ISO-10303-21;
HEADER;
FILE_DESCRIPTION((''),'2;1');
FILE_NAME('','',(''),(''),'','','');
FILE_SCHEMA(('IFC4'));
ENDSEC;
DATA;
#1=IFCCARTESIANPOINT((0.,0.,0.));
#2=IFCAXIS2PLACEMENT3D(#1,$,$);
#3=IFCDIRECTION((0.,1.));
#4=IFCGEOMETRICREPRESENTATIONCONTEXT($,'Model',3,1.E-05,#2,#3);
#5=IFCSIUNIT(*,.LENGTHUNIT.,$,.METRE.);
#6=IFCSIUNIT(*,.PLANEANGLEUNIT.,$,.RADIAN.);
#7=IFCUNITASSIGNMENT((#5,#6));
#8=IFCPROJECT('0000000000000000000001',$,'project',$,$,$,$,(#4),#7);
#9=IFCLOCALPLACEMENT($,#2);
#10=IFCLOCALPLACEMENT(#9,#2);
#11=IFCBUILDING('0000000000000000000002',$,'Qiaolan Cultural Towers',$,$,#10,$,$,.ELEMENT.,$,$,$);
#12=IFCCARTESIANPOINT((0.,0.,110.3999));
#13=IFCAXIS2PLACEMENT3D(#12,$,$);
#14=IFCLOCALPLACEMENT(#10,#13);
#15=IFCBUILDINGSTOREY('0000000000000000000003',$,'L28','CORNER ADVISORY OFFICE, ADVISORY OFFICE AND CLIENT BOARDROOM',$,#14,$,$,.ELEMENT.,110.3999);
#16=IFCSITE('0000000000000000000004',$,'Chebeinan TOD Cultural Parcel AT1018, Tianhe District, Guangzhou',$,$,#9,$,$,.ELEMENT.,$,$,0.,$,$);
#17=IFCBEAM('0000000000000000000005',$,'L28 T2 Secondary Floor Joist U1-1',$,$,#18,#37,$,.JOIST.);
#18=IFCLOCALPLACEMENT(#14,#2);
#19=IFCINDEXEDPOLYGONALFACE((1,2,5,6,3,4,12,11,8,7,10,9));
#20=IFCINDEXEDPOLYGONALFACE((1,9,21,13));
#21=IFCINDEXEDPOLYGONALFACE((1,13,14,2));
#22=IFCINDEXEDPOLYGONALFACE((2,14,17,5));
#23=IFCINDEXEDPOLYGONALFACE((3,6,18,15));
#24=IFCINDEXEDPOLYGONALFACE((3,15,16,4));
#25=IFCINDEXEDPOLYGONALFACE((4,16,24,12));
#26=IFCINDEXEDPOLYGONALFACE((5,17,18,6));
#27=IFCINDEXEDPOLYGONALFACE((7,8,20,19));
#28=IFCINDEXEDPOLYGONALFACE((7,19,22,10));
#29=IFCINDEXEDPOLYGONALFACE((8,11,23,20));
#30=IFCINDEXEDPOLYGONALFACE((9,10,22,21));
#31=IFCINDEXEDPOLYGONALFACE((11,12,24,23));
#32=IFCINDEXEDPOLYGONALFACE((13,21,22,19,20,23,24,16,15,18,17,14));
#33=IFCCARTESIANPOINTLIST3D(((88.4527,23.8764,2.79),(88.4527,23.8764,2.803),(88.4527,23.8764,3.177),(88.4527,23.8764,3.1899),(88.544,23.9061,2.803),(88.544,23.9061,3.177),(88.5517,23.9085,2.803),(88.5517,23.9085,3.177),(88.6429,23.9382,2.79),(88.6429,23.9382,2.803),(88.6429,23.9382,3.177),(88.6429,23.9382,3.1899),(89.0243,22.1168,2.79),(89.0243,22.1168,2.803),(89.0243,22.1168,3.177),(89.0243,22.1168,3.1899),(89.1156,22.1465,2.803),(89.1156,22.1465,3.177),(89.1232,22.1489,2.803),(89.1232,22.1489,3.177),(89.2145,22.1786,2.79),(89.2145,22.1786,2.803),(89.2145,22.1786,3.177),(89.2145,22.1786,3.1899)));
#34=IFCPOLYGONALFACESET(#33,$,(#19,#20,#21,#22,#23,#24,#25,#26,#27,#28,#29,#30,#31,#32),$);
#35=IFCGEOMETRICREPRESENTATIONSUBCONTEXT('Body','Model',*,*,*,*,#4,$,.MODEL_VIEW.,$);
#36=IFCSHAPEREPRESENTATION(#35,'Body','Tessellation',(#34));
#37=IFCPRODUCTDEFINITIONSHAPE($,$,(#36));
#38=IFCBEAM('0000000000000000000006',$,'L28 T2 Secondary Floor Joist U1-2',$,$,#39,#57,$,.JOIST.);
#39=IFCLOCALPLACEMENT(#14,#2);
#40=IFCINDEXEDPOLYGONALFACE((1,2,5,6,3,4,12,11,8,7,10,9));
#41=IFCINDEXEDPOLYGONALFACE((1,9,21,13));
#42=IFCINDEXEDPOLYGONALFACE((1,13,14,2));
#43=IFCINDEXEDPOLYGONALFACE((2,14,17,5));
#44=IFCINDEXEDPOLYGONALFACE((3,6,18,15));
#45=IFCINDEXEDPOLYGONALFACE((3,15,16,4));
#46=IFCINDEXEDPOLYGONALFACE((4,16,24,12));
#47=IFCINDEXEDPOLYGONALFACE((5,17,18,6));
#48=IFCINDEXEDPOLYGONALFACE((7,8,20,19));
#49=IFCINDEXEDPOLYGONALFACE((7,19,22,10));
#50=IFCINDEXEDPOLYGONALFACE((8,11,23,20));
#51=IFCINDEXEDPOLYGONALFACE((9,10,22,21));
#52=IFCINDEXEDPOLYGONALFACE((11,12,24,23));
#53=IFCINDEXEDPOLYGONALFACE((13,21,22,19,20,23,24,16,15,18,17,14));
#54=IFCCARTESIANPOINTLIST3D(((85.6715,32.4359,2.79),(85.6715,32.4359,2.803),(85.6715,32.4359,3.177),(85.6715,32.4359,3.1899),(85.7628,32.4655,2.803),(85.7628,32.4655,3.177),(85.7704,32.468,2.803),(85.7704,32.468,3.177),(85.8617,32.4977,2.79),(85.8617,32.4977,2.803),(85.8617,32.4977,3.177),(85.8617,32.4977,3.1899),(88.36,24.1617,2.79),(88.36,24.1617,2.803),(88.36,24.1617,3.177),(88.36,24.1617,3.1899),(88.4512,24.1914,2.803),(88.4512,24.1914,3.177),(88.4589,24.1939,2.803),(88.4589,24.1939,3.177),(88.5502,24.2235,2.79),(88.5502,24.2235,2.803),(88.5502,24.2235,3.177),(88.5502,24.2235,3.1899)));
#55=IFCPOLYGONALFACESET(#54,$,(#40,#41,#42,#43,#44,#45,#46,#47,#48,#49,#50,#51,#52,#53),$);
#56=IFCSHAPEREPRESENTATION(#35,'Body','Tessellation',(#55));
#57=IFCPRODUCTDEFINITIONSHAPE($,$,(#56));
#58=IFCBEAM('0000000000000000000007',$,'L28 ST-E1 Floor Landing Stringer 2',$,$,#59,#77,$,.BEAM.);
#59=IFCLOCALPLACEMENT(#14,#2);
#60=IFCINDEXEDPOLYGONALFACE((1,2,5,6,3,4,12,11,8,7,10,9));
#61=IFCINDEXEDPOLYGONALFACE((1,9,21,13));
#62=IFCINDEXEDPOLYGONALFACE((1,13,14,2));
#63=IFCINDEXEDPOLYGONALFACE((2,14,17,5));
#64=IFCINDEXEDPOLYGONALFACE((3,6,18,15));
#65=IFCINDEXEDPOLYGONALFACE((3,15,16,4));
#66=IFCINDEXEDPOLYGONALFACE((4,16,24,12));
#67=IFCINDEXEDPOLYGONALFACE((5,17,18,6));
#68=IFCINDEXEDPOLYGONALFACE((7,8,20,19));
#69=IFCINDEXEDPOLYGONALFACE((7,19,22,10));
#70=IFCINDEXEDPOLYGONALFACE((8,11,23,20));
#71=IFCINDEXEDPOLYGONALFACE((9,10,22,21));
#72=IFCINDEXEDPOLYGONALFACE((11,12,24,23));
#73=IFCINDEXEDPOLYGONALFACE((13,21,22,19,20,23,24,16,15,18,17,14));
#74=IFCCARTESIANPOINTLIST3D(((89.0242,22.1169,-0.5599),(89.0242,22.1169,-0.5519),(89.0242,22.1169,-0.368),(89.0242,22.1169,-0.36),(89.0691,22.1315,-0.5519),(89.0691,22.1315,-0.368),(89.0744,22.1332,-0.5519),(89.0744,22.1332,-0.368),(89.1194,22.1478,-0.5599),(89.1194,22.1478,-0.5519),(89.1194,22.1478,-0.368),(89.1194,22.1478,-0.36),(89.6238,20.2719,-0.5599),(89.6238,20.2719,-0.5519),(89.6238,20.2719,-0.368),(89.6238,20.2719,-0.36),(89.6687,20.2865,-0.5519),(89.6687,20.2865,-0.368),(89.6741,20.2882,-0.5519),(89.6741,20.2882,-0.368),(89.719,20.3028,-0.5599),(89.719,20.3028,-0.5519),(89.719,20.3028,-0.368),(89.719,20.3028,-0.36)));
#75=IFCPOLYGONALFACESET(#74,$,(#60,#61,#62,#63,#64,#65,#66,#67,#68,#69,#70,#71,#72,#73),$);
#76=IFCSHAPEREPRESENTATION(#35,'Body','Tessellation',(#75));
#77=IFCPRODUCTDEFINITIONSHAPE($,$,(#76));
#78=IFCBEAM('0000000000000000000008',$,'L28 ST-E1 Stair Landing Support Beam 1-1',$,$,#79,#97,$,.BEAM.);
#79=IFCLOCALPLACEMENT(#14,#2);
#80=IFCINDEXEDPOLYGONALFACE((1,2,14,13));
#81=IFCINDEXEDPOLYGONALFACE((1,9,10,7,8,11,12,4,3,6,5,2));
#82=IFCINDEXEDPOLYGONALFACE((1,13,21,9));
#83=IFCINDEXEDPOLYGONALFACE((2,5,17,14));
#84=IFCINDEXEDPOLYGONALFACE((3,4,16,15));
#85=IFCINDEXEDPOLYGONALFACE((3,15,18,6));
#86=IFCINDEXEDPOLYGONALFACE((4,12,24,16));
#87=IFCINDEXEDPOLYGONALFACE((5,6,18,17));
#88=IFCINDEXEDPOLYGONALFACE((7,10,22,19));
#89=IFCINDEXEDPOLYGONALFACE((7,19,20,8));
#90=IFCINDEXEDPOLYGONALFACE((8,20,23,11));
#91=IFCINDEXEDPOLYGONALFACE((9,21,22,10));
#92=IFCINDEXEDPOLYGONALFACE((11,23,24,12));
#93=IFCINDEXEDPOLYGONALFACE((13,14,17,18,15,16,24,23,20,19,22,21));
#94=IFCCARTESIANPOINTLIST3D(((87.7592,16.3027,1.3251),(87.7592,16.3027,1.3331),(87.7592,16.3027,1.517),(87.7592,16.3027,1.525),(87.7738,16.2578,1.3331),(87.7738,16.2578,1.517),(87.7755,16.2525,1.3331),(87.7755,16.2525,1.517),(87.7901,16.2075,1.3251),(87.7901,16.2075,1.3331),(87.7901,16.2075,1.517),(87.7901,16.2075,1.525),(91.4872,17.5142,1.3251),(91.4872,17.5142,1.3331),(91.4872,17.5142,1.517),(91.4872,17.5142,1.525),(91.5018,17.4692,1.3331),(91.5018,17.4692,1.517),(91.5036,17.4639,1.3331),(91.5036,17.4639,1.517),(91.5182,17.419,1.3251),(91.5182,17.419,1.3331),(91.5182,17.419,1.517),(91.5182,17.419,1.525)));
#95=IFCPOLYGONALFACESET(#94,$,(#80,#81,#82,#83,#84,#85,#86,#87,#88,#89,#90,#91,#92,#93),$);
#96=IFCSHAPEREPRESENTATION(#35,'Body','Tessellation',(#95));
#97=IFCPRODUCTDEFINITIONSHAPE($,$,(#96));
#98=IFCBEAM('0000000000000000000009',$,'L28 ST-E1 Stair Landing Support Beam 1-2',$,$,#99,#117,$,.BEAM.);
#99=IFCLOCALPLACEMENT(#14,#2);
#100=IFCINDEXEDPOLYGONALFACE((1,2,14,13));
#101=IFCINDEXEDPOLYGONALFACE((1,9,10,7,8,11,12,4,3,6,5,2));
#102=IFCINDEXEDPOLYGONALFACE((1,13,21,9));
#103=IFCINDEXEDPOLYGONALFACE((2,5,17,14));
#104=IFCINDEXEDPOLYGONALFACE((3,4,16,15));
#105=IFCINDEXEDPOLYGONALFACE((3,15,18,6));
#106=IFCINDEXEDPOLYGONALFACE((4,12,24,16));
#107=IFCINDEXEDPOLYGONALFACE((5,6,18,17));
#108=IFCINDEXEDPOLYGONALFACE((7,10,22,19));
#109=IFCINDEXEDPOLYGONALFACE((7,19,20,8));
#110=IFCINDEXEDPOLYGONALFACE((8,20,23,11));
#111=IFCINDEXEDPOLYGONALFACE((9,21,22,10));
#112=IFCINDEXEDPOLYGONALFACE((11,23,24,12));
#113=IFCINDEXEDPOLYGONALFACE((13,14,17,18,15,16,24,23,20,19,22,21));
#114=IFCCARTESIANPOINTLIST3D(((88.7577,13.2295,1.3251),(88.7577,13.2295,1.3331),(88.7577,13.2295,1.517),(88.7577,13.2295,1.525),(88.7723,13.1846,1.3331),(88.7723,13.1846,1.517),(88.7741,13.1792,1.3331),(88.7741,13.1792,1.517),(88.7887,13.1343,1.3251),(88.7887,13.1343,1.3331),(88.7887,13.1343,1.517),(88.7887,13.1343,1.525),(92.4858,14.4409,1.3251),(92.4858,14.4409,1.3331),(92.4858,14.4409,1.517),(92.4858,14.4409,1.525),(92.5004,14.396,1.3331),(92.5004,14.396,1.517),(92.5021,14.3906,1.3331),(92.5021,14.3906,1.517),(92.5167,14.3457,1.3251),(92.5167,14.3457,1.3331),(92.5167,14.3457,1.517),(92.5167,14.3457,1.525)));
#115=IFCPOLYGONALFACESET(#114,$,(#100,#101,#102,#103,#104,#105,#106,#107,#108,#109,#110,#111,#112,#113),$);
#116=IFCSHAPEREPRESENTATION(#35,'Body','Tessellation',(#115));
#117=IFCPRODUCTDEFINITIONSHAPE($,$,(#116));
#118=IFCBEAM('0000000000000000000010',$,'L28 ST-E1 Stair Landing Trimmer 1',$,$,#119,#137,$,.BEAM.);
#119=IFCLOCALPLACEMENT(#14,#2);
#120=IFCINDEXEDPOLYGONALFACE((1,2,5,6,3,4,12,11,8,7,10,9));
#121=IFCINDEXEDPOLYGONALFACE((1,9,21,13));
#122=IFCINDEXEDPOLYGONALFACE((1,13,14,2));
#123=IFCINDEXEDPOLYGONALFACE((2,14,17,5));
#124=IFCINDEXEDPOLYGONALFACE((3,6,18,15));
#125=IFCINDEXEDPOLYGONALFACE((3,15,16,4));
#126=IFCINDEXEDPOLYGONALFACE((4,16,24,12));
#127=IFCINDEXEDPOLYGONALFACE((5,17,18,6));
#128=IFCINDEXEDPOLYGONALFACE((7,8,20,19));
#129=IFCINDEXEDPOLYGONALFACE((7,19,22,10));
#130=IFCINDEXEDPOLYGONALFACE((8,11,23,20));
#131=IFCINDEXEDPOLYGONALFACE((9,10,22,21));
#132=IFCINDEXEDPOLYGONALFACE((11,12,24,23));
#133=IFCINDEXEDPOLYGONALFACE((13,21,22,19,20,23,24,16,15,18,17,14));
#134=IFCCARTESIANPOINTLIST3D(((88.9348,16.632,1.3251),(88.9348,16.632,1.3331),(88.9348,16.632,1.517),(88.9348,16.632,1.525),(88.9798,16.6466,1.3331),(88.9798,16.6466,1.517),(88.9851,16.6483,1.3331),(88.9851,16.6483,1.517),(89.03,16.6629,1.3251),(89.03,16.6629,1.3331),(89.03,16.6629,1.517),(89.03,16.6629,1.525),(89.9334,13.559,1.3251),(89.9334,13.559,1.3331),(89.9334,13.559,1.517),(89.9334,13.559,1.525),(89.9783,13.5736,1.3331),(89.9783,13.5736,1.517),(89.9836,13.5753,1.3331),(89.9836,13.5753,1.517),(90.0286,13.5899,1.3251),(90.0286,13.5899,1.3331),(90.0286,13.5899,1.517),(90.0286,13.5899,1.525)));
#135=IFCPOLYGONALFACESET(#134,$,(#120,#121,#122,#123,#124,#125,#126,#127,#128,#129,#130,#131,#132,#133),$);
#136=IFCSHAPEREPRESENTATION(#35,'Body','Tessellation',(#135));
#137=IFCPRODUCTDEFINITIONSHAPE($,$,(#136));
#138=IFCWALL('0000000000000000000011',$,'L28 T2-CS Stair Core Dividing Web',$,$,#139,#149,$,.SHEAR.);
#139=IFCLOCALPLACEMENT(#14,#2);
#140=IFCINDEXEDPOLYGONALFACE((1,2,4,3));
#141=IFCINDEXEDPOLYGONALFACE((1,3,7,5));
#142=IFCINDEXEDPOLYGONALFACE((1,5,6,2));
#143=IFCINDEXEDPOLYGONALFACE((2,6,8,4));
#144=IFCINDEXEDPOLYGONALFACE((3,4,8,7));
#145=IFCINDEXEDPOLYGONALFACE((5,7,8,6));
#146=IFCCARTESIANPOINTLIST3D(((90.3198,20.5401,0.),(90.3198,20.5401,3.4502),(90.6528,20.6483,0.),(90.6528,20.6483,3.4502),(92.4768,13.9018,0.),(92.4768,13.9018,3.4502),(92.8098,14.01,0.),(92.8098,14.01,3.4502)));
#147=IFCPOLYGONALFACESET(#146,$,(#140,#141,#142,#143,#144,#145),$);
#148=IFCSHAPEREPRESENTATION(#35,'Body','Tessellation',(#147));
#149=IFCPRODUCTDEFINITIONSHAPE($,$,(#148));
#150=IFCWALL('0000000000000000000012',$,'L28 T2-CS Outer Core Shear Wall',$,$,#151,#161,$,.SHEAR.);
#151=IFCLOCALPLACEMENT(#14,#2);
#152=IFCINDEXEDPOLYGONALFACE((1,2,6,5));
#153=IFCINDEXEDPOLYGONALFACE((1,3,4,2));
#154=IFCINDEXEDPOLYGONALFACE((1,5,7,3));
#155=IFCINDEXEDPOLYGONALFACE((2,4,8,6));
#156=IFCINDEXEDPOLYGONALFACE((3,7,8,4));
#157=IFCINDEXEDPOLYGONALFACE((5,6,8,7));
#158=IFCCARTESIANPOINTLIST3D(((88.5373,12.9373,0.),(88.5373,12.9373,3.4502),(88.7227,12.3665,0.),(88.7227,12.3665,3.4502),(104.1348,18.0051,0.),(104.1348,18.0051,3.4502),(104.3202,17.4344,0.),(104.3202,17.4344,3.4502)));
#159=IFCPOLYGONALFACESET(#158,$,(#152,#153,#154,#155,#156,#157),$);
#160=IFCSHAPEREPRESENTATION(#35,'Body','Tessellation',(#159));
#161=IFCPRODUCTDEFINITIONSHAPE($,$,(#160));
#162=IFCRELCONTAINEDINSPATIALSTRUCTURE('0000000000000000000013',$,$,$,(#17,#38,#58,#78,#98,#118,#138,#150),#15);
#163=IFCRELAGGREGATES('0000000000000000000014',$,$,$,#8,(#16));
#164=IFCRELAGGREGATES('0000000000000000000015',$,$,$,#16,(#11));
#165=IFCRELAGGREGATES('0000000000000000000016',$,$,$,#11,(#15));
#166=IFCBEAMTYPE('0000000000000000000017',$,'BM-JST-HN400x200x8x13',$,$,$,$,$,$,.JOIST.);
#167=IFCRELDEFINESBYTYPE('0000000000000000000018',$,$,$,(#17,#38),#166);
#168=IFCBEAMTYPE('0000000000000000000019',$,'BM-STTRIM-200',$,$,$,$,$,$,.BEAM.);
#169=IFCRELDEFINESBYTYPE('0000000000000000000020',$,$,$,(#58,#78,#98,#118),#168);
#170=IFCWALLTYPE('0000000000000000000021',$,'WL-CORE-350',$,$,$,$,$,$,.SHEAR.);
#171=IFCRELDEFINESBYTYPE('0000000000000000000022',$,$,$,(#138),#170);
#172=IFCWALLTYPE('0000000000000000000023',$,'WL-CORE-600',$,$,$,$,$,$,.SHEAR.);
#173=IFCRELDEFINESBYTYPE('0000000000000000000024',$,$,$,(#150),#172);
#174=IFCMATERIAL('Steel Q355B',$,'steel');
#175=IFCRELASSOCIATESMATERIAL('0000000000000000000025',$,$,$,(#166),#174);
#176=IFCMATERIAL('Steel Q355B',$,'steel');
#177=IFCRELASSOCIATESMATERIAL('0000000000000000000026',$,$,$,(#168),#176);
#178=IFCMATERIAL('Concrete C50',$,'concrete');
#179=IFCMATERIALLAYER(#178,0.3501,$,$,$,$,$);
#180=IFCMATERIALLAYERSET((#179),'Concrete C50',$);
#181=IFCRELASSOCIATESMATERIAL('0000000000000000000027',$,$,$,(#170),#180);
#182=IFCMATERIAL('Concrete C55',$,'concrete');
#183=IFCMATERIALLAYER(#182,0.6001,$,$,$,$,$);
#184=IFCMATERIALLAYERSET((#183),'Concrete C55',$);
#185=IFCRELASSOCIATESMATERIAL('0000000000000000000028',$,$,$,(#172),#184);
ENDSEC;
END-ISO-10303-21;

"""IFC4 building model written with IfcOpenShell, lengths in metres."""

from ifc_helpers import new_model, si_unit, direction, frame, frame_2d, origin, origin_2d, place, context, subcontext, project, spatial, rectangle, i_section, extrude, material, layer, layer_set, material_profile, profile_set, type_object, element, save


model = new_model("IFC4")

# Units and contexts
model_context = context("Model", 3, precision=1e-05, world=origin(), true_north=direction((0.0, 1.0)))
body_context = subcontext(model_context, "Body", "Model", "MODEL_VIEW")
ifc_project = project(units=[si_unit("LENGTHUNIT", "METRE"), si_unit("PLANEANGLEUNIT", "RADIAN")], contexts=[model_context])

# Site, building, storey
site_placement = place(None, origin())
site = spatial("IfcSite", under=ifc_project, at=site_placement, Name="Chebeinan TOD Cultural Parcel AT1018, Tianhe District, Guangzhou", CompositionType="ELEMENT", RefElevation=0.0)
building_placement = place(site_placement, origin())
building = spatial("IfcBuilding", under=site, at=building_placement, Name="Qiaolan Cultural Towers", CompositionType="ELEMENT")
storey_placement = place(building_placement, frame((0.0, 0.0, 110.3999)))
storey = spatial("IfcBuildingStorey", under=building, at=storey_placement, Name="L28", Description="CORNER ADVISORY OFFICE, ADVISORY OFFICE AND CLIENT BOARDROOM", CompositionType="ELEMENT", Elevation=110.3999)

# Beams
ifc_material_1 = material(Name="Steel Q355B", Category="steel")
ifc_material_profile_1 = material_profile(ifc_material_1, i_section(OverallWidth=0.2, OverallDepth=0.3999, WebThickness=0.0081, FlangeThickness=0.0129, at=origin_2d()), Name="HN400x200x8x13")
ifc_profile_set_1 = profile_set([ifc_material_profile_1], Name="Steel Q355B")
beam_type_1 = type_object("IfcBeamType", Name="BM-JST-HN400x200x8x13", PredefinedType="JOIST", material=ifc_profile_set_1)
beam_1_placement = place(storey_placement, frame((89.1194, 22.1477, 2.99), z_axis=(-0.308934, 0.951084, 0.0), x_axis=(-0.951084, -0.308934, 0.0)))
element("IfcBeam", 1, at=beam_1_placement, inside=storey, type_object=beam_type_1, Name="L28 T2 Secondary Floor Joist U1-1", PredefinedType="JOIST", context=body_context, shape_type="SweptSolid", body=[
    extrude(i_section(OverallWidth=0.2, OverallDepth=0.3999, WebThickness=0.0081, FlangeThickness=0.0129, at=origin_2d()), origin(), (0.0, 0.0, 1.0), 1.8501),
])
beam_2_placement = place(storey_placement, frame((88.4551, 24.1926, 2.99), z_axis=(-0.309021, 0.951055, 0.0), x_axis=(-0.951055, -0.309021, 0.0)))
element("IfcBeam", 2, at=beam_2_placement, inside=storey, type_object=beam_type_1, Name="L28 T2 Secondary Floor Joist U1-2", PredefinedType="JOIST", context=body_context, shape_type="SweptSolid", body=[
    extrude(i_section(OverallWidth=0.2, OverallDepth=0.3999, WebThickness=0.0081, FlangeThickness=0.0129, at=origin_2d()), origin(), (0.0, 0.0, 1.0), 8.7),
])
ifc_material_2 = material(Name="Steel Q355B", Category="steel")
ifc_material_profile_2 = material_profile(ifc_material_2, i_section(OverallWidth=0.1001, OverallDepth=0.2, WebThickness=0.0056, FlangeThickness=0.0081, at=origin_2d()), Name="HN200x100x5.5x8")
ifc_profile_set_2 = profile_set([ifc_material_profile_2], Name="Steel Q355B")
beam_type_2 = type_object("IfcBeamType", Name="BM-STTRIM-200", PredefinedType="BEAM", material=ifc_profile_set_2)
beam_3_placement = place(storey_placement, frame((89.0718, 22.1323, -0.46), z_axis=(0.309083, -0.951035, 0.0), x_axis=(0.951035, 0.309083, 0.0)))
element("IfcBeam", 3, at=beam_3_placement, inside=storey, type_object=beam_type_2, Name="L28 ST-E1 Floor Landing Stringer 2", PredefinedType="BEAM", context=body_context, shape_type="SweptSolid", body=[
    extrude(i_section(OverallWidth=0.1001, OverallDepth=0.2, WebThickness=0.0056, FlangeThickness=0.0081, at=origin_2d()), origin(), (0.0, 0.0, 1.0), 1.9399),
])
for number, where, z_axis, x_axis, name in (
    (4, (87.7747, 16.2551, 1.425), (0.951048, 0.309044, 0.0), (-0.309044, 0.951048, 0.0), "L28 ST-E1 Stair Landing Support Beam 1-1"),
    (5, (88.7732, 13.1819, 1.425), (0.951048, 0.309044, 0.0), (-0.309044, 0.951048, 0.0), "L28 ST-E1 Stair Landing Support Beam 1-2"),
):
    element("IfcBeam", number, at=place(storey_placement, frame(where, z_axis=z_axis, x_axis=x_axis)), inside=storey, type_object=beam_type_2, Name=name, PredefinedType="BEAM", context=body_context, shape_type="SweptSolid", body=[
        extrude(i_section(OverallWidth=0.1001, OverallDepth=0.2, WebThickness=0.0056, FlangeThickness=0.0081, at=origin_2d()), origin(), (0.0, 0.0, 1.0), 3.9199),
    ])
beam_4_placement = place(storey_placement, frame((88.9824, 16.6475, 1.425), z_axis=(0.309033, -0.951051, 0.0), x_axis=(0.951051, 0.309033, 0.0)))
element("IfcBeam", 6, at=beam_4_placement, inside=storey, type_object=beam_type_2, Name="L28 ST-E1 Stair Landing Trimmer 1", PredefinedType="BEAM", context=body_context, shape_type="SweptSolid", body=[
    extrude(i_section(OverallWidth=0.1001, OverallDepth=0.2, WebThickness=0.0056, FlangeThickness=0.0081, at=origin_2d()), origin(), (0.0, 0.0, 1.0), 3.2312),
])

# Walls
ifc_material_3 = material(Name="Concrete C50", Category="concrete")
ifc_layer_1 = layer(ifc_material_3, 0.3501)
ifc_layer_set_1 = layer_set([ifc_layer_1], Name="Concrete C50")
wall_type_1 = type_object("IfcWallType", Name="WL-CORE-350", PredefinedType="SHEAR", material=ifc_layer_set_1)
wall_1_placement = place(storey_placement, frame((90.4863, 20.5942, 0.0), z_axis=(0.0, 0.0, 1.0), x_axis=(0.30902, -0.951055, 0.0)))
element("IfcWall", 7, at=wall_1_placement, inside=storey, type_object=wall_type_1, Name="L28 T2-CS Stair Core Dividing Web", PredefinedType="SHEAR", context=body_context, shape_type="SweptSolid", body=[
    extrude(rectangle(XDim=6.98, YDim=0.3501, at=frame_2d((3.49, 0.0))), origin(), (0.0, 0.0, 1.0), 3.4502),
])
ifc_material_4 = material(Name="Concrete C55", Category="concrete")
ifc_layer_2 = layer(ifc_material_4, 0.6001)
ifc_layer_set_2 = layer_set([ifc_layer_2], Name="Concrete C55")
wall_type_2 = type_object("IfcWallType", Name="WL-CORE-600", PredefinedType="SHEAR", material=ifc_layer_set_2)
wall_2_placement = place(storey_placement, frame((88.6299, 12.6519, 0.0), z_axis=(0.0, 0.0, 1.0), x_axis=(0.951057, 0.309015, 0.0)))
element("IfcWall", 8, at=wall_2_placement, inside=storey, type_object=wall_type_2, Name="L28 T2-CS Outer Core Shear Wall", PredefinedType="SHEAR", context=body_context, shape_type="SweptSolid", body=[
    extrude(rectangle(XDim=16.4001, YDim=0.6001, at=frame_2d((8.2002, 0.0))), origin(), (0.0, 0.0, 1.0), 3.4502),
])

save(model, "model.ifc")
